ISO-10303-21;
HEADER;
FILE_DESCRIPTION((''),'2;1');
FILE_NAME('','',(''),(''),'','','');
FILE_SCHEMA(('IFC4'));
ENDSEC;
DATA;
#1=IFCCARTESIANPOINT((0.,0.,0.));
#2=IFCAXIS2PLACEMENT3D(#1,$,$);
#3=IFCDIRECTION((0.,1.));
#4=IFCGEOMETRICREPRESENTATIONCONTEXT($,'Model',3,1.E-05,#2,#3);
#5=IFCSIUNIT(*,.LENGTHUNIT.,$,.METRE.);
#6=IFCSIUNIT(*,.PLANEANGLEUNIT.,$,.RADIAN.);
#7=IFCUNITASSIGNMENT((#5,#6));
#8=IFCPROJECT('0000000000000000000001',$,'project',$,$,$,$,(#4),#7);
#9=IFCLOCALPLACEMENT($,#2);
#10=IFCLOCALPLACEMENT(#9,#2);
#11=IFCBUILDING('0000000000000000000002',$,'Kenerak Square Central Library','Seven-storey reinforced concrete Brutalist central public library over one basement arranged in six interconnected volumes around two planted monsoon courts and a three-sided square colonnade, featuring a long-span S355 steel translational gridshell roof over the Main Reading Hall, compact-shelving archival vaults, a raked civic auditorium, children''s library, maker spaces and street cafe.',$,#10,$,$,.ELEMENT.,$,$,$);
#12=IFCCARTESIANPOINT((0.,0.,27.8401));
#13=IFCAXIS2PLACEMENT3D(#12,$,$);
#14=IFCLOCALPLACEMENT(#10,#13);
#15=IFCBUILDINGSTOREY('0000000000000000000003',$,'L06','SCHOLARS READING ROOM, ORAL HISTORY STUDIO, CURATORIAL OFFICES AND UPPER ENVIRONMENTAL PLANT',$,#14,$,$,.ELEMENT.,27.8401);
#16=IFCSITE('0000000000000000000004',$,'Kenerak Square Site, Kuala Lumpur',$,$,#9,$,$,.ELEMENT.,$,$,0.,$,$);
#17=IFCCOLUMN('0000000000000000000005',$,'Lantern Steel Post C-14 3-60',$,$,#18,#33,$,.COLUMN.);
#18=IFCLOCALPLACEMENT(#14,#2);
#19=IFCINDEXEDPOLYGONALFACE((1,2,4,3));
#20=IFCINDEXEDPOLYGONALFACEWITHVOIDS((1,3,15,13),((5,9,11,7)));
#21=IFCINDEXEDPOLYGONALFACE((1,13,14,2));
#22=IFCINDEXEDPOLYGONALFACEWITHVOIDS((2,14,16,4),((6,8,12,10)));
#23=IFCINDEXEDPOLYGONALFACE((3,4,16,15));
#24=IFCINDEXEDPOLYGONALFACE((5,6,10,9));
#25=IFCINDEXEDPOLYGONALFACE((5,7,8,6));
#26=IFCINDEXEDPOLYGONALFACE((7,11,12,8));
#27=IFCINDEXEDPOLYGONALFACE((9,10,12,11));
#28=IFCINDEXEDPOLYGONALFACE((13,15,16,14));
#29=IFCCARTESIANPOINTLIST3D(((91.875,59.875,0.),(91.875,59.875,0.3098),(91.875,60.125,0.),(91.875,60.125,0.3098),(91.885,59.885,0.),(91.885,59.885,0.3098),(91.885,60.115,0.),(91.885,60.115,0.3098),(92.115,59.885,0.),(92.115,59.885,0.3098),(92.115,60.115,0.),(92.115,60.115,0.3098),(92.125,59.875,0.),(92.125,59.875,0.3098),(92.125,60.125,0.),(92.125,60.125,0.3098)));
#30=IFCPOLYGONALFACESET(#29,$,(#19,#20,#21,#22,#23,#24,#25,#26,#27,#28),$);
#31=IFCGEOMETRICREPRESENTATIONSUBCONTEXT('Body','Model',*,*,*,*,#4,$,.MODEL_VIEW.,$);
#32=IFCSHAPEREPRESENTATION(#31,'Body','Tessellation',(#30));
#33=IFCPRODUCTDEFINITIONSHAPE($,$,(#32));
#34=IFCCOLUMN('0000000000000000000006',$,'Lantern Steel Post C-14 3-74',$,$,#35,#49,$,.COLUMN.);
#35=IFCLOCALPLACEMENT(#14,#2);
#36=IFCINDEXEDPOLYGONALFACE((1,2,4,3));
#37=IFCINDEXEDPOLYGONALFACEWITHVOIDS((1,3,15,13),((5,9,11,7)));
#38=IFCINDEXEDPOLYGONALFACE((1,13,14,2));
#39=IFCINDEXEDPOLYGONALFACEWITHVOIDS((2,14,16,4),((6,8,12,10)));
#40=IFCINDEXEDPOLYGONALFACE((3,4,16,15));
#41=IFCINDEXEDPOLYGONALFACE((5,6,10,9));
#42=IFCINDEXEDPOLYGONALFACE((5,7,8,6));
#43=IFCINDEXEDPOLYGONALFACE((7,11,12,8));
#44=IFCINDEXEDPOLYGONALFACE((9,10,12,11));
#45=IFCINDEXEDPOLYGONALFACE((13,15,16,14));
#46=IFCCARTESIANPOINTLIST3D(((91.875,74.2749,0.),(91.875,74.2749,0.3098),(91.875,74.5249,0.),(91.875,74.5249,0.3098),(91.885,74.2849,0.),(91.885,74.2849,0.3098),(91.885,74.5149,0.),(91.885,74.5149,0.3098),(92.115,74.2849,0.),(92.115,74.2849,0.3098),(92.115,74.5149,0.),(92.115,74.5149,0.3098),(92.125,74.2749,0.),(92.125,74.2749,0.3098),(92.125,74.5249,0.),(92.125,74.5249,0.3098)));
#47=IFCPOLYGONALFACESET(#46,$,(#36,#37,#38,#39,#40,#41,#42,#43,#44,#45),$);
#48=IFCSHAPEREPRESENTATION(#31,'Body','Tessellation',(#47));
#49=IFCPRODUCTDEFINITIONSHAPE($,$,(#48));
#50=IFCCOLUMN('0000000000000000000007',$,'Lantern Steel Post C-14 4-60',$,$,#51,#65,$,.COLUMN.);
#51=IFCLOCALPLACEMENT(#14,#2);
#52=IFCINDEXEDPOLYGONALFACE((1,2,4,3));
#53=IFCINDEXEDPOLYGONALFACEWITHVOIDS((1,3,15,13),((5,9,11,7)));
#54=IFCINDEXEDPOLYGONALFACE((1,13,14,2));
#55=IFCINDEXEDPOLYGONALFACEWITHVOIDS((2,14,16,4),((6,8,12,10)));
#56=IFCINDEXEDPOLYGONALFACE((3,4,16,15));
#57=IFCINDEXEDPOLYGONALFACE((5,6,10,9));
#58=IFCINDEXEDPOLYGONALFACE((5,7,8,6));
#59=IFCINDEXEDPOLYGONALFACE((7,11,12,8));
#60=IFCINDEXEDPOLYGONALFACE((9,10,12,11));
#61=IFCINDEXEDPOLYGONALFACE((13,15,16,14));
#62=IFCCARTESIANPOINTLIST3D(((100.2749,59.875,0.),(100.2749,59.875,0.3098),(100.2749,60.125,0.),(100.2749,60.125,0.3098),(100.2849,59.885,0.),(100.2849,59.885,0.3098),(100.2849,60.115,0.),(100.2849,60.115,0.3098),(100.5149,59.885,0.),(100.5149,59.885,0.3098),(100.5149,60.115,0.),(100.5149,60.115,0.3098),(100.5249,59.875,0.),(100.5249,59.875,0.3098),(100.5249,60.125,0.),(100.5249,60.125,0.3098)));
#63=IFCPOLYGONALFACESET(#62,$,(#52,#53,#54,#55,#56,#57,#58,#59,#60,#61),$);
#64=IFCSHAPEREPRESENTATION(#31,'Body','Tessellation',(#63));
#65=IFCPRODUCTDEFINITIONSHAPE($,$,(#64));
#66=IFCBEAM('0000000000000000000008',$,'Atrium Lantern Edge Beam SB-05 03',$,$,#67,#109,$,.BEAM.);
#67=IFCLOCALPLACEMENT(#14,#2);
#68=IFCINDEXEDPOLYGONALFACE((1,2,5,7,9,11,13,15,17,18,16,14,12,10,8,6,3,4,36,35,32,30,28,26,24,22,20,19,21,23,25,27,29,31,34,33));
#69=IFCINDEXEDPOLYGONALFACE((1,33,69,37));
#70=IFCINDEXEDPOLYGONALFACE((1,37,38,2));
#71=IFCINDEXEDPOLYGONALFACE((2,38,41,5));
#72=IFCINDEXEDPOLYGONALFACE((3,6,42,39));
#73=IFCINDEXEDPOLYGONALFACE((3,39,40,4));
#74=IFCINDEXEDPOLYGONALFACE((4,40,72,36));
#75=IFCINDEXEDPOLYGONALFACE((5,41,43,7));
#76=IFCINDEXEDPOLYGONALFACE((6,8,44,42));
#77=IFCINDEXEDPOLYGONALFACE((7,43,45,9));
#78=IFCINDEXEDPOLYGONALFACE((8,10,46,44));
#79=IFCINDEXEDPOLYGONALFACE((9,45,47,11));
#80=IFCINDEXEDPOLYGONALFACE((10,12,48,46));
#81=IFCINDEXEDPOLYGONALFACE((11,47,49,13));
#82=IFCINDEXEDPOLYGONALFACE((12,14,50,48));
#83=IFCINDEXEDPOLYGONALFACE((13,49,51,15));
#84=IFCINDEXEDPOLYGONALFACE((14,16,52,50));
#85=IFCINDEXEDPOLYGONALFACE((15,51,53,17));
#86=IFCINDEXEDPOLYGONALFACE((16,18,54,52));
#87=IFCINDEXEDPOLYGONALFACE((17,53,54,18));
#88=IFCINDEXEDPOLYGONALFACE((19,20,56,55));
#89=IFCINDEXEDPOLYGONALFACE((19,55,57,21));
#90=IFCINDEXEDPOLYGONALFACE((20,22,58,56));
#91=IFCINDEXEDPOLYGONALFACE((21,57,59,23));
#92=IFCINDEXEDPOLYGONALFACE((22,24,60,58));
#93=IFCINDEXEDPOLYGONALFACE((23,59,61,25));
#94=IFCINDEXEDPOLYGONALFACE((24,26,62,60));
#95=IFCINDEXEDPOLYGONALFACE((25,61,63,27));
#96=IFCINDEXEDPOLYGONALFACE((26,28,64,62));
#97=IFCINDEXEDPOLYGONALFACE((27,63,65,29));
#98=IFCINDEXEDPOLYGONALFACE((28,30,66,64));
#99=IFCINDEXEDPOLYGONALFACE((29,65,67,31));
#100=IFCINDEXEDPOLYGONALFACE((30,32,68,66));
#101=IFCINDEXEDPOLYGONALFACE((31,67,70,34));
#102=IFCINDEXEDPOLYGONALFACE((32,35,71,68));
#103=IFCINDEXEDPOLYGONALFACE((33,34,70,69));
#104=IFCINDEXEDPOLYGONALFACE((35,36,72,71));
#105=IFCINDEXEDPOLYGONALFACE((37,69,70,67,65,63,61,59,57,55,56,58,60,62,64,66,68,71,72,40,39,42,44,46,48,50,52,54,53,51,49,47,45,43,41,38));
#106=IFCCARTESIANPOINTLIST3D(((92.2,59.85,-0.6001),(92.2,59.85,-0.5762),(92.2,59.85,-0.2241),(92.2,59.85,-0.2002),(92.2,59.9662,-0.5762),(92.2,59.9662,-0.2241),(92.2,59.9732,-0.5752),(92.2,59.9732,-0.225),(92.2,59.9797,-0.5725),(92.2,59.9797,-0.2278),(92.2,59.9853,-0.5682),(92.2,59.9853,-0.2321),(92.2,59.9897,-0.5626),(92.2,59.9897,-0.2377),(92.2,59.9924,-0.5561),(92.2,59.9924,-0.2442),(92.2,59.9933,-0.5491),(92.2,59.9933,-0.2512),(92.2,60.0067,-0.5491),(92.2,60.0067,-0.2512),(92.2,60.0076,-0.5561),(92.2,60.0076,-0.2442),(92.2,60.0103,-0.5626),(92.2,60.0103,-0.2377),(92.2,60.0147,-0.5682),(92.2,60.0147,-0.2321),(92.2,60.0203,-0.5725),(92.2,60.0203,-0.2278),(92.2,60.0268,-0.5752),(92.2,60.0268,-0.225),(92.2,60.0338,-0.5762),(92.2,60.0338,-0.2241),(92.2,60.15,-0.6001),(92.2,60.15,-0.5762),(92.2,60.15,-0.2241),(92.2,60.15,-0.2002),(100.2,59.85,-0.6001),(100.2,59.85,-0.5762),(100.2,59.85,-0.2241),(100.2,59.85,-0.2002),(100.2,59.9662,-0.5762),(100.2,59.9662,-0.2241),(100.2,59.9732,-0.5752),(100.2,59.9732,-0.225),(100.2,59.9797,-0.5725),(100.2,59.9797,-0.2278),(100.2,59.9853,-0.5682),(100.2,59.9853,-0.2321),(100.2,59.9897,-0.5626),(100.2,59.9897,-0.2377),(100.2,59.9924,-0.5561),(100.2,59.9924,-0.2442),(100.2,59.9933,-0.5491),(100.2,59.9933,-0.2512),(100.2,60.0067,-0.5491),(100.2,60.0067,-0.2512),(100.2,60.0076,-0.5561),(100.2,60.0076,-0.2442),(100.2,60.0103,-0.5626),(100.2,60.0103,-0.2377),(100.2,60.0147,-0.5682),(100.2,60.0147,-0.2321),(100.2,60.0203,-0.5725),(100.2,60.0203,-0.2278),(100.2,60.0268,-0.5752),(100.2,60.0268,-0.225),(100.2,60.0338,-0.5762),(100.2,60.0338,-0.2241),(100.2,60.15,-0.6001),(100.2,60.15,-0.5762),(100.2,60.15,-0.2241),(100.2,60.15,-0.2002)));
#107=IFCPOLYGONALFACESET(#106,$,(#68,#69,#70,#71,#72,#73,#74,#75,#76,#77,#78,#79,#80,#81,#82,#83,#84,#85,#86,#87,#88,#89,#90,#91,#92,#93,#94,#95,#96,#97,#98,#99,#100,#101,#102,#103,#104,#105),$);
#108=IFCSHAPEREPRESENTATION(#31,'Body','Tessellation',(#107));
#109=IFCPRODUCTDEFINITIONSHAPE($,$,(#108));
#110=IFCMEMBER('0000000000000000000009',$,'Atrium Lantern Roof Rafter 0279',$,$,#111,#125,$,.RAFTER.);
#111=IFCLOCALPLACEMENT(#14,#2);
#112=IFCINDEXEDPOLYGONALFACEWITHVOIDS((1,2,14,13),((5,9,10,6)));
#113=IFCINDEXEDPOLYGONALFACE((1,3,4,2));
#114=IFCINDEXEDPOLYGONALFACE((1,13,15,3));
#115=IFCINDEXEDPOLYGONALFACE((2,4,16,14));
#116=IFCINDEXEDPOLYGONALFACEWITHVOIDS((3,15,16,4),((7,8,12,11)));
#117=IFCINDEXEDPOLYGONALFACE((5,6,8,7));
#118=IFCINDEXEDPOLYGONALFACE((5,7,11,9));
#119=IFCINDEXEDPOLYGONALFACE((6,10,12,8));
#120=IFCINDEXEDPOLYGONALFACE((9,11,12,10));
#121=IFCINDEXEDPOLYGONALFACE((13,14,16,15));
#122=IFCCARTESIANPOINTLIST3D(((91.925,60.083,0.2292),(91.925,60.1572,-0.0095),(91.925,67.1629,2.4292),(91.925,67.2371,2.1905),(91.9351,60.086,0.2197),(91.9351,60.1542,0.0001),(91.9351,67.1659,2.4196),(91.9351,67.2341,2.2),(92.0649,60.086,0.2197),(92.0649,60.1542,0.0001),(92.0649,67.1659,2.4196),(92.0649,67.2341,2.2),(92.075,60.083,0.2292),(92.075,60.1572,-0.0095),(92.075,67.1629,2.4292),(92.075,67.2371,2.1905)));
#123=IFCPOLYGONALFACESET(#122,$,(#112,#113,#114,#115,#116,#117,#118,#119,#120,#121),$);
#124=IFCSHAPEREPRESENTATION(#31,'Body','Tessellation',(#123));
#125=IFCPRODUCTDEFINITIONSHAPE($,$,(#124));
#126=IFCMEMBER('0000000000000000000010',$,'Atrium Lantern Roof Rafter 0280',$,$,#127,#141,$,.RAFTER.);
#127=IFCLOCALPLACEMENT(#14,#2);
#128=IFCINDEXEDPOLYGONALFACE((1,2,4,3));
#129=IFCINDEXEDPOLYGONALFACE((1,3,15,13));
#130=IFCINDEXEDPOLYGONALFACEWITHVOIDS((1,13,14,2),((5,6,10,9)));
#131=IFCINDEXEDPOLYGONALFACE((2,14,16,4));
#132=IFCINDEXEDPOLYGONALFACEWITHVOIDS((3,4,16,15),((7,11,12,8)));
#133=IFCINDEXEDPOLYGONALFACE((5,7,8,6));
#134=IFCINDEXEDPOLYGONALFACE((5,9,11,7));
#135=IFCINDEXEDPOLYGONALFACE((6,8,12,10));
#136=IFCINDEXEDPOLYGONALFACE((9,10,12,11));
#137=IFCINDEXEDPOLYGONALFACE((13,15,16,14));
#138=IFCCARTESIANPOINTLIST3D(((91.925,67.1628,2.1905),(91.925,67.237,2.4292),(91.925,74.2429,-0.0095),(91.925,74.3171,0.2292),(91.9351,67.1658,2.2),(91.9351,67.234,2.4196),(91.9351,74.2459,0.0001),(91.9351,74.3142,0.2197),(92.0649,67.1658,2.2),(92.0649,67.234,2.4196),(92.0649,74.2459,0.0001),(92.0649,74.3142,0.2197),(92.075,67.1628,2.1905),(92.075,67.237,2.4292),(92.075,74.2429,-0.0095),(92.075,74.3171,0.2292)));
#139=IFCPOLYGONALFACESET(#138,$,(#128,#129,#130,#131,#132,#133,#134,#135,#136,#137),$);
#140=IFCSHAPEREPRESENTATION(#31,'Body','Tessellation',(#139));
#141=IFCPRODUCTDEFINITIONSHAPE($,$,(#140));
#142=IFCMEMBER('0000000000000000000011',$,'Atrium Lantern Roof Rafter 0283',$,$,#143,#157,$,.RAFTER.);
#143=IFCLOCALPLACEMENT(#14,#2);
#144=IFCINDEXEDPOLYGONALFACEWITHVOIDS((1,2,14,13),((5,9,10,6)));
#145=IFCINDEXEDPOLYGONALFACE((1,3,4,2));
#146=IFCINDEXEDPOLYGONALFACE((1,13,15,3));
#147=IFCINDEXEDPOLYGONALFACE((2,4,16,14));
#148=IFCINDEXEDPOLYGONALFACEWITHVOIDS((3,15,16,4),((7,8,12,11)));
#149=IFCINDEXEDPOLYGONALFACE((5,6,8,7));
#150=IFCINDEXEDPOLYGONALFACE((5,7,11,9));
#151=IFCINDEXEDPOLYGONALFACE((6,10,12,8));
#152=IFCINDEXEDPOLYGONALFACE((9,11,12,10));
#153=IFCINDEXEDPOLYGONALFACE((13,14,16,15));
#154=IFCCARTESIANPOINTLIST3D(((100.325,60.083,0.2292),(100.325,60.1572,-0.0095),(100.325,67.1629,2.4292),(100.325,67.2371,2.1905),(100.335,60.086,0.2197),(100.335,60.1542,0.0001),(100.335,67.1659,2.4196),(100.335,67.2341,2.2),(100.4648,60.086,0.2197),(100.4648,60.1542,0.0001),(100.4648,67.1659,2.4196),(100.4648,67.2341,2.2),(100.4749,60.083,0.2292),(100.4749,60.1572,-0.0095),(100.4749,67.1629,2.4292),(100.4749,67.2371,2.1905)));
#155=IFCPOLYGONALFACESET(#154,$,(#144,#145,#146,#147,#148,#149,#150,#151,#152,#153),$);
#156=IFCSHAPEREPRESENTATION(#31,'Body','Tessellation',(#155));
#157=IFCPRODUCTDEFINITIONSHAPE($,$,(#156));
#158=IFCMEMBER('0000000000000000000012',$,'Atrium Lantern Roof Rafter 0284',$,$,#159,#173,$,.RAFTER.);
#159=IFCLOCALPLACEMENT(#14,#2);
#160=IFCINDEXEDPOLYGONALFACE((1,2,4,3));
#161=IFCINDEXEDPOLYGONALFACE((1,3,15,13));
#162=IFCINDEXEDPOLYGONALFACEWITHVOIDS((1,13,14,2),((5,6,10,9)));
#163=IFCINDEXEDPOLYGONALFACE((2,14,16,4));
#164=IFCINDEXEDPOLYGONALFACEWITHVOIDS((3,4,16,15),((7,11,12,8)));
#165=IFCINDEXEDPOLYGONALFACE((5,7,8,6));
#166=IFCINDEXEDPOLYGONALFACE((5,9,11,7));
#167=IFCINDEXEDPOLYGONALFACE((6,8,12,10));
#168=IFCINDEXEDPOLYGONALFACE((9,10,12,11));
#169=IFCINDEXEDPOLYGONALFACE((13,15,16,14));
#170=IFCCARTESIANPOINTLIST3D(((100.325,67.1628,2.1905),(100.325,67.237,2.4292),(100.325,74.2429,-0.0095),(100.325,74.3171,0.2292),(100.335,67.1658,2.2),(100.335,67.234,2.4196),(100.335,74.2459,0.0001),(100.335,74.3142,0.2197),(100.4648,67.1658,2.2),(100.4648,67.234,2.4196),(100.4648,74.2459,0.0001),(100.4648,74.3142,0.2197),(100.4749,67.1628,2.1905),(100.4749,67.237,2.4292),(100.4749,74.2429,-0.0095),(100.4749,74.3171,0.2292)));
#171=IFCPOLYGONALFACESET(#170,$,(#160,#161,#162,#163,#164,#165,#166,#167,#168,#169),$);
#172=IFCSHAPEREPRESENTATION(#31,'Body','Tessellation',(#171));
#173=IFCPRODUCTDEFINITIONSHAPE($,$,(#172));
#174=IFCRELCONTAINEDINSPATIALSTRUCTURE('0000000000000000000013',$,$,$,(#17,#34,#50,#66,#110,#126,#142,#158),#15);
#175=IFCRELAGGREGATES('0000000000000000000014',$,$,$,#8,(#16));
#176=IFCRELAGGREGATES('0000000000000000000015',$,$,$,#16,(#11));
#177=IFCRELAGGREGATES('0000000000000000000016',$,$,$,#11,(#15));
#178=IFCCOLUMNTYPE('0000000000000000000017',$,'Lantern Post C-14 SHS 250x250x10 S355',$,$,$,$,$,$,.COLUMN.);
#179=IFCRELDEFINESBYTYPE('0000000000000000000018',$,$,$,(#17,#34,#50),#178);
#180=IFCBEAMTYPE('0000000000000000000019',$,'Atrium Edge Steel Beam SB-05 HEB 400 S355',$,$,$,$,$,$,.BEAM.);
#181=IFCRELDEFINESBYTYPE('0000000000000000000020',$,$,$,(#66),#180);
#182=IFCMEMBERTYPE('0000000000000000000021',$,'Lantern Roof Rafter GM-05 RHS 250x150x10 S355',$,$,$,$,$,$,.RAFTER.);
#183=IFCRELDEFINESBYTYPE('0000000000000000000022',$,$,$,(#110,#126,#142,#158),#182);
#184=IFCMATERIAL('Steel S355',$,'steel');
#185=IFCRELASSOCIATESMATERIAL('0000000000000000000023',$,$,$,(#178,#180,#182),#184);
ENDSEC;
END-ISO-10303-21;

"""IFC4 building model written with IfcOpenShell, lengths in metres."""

from ifc_helpers import new_model, si_unit, direction, frame, origin, origin_2d, place, context, subcontext, project, spatial, hollow_rectangle, i_section, extrude, material, material_profile, profile_set, type_object, element, save


model = new_model("IFC4")

# Units and contexts
model_context = context("Model", 3, precision=1e-05, world=origin(), true_north=direction((0.0, 1.0)))
body_context = subcontext(model_context, "Body", "Model", "MODEL_VIEW")
ifc_project = project(units=[si_unit("LENGTHUNIT", "METRE"), si_unit("PLANEANGLEUNIT", "RADIAN")], contexts=[model_context])

# Site, building, storey
site_placement = place(None, origin())
site = spatial("IfcSite", under=ifc_project, at=site_placement, Name="Kenerak Square Site, Kuala Lumpur", CompositionType="ELEMENT", RefElevation=0.0)
building_placement = place(site_placement, origin())
building = spatial("IfcBuilding", under=site, at=building_placement, Name="Kenerak Square Central Library", Description="Seven-storey reinforced concrete Brutalist central public library over one basement arranged in six interconnected volumes around two planted monsoon courts and a three-sided square colonnade, featuring a long-span S355 steel translational gridshell roof over the Main Reading Hall, compact-shelving archival vaults, a raked civic auditorium, children's library, maker spaces and street cafe.", CompositionType="ELEMENT")
storey_placement = place(building_placement, frame((0.0, 0.0, 27.8401)))
storey = spatial("IfcBuildingStorey", under=building, at=storey_placement, Name="L06", Description="SCHOLARS READING ROOM, ORAL HISTORY STUDIO, CURATORIAL OFFICES AND UPPER ENVIRONMENTAL PLANT", CompositionType="ELEMENT", Elevation=27.8401)

# Columns
ifc_material_1 = material(Name="Steel S355", Category="steel")
ifc_material_profile_1 = material_profile(ifc_material_1, hollow_rectangle(XDim=0.25, YDim=0.25, WallThickness=0.01, at=origin_2d()), Name="SHS 250x250x10.0")
ifc_profile_set_1 = profile_set([ifc_material_profile_1], Name="Steel S355")
column_type = type_object("IfcColumnType", Name="Lantern Post C-14 SHS 250x250x10 S355", PredefinedType="COLUMN", material=ifc_profile_set_1)
for number, where, z_axis, x_axis, name in (
    (1, (92.0, 60.0, 0.0), (0.0, 0.0, 1.0), (1.0, 0.0, 0.0), "Lantern Steel Post C-14 3-60"),
    (2, (92.0, 74.3999, 0.0), (0.0, 0.0, 1.0), (1.0, 0.0, 0.0), "Lantern Steel Post C-14 3-74"),
    (3, (100.3999, 60.0, 0.0), (0.0, 0.0, 1.0), (1.0, 0.0, 0.0), "Lantern Steel Post C-14 4-60"),
):
    element("IfcColumn", number, at=place(storey_placement, frame(where, z_axis=z_axis, x_axis=x_axis)), inside=storey, type_object=column_type, Name=name, PredefinedType="COLUMN", context=body_context, shape_type="SweptSolid", body=[
        extrude(hollow_rectangle(XDim=0.25, YDim=0.25, WallThickness=0.01, at=origin_2d()), origin(), (0.0, 0.0, 1.0), 0.3098),
    ])

# Beam
ifc_material_profile_2 = material_profile(ifc_material_1, i_section(OverallWidth=0.3, OverallDepth=0.3999, WebThickness=0.0134, FlangeThickness=0.0239, FilletRadius=0.0271, at=origin_2d()), Name="HEB 400")
ifc_profile_set_2 = profile_set([ifc_material_profile_2], Name="Steel S355")
beam_type_1 = type_object("IfcBeamType", Name="Atrium Edge Steel Beam SB-05 HEB 400 S355", PredefinedType="BEAM", material=ifc_profile_set_2)
beam_1_placement = place(storey_placement, frame((92.2, 60.0, -0.4001), z_axis=(1.0, 0.0, 0.0), x_axis=(0.0, 1.0, 0.0)))
element("IfcBeam", 4, at=beam_1_placement, inside=storey, type_object=beam_type_1, Name="Atrium Lantern Edge Beam SB-05 03", PredefinedType="BEAM", context=body_context, shape_type="SweptSolid", body=[
    extrude(i_section(OverallWidth=0.3, OverallDepth=0.3999, WebThickness=0.0134, FlangeThickness=0.0239, FilletRadius=0.0271, at=origin_2d()), origin(), (0.0, 0.0, 1.0), 8.0),
])

# Members
ifc_material_profile_3 = material_profile(ifc_material_1, hollow_rectangle(XDim=0.1499, YDim=0.25, WallThickness=0.01, at=origin_2d()), Name="RHS 250x150x10.0")
ifc_profile_set_3 = profile_set([ifc_material_profile_3], Name="Steel S355")
member_type_1 = type_object("IfcMemberType", Name="Lantern Roof Rafter GM-05 RHS 250x150x10 S355", PredefinedType="RAFTER", material=ifc_profile_set_3)
member_1_placement = place(storey_placement, frame((92.0, 60.1201, 0.1099), z_axis=(0.0, 0.954959, 0.296739), x_axis=(-1.0, 0.0, 0.0)))
element("IfcMember", 5, at=member_1_placement, inside=storey, type_object=member_type_1, Name="Atrium Lantern Roof Rafter 0279", PredefinedType="RAFTER", context=body_context, shape_type="SweptSolid", body=[
    extrude(hollow_rectangle(XDim=0.1499, YDim=0.25, WallThickness=0.01, at=origin_2d()), origin(), (0.0, 0.0, 1.0), 7.4138),
])
member_2_placement = place(storey_placement, frame((92.0, 74.28, 0.1099), z_axis=(0.0, -0.954962, 0.29673), x_axis=(1.0, 0.0, 0.0)))
element("IfcMember", 6, at=member_2_placement, inside=storey, type_object=member_type_1, Name="Atrium Lantern Roof Rafter 0280", PredefinedType="RAFTER", context=body_context, shape_type="SweptSolid", body=[
    extrude(hollow_rectangle(XDim=0.1499, YDim=0.25, WallThickness=0.01, at=origin_2d()), origin(), (0.0, 0.0, 1.0), 7.4141),
])
member_3_placement = place(storey_placement, frame((100.3999, 60.1201, 0.1099), z_axis=(0.0, 0.954959, 0.296739), x_axis=(-1.0, 0.0, 0.0)))
element("IfcMember", 7, at=member_3_placement, inside=storey, type_object=member_type_1, Name="Atrium Lantern Roof Rafter 0283", PredefinedType="RAFTER", context=body_context, shape_type="SweptSolid", body=[
    extrude(hollow_rectangle(XDim=0.1499, YDim=0.25, WallThickness=0.01, at=origin_2d()), origin(), (0.0, 0.0, 1.0), 7.4138),
])
member_4_placement = place(storey_placement, frame((100.3999, 74.28, 0.1099), z_axis=(0.0, -0.954962, 0.29673), x_axis=(1.0, 0.0, 0.0)))
element("IfcMember", 8, at=member_4_placement, inside=storey, type_object=member_type_1, Name="Atrium Lantern Roof Rafter 0284", PredefinedType="RAFTER", context=body_context, shape_type="SweptSolid", body=[
    extrude(hollow_rectangle(XDim=0.1499, YDim=0.25, WallThickness=0.01, at=origin_2d()), origin(), (0.0, 0.0, 1.0), 7.4141),
])

save(model, "model.ifc")
